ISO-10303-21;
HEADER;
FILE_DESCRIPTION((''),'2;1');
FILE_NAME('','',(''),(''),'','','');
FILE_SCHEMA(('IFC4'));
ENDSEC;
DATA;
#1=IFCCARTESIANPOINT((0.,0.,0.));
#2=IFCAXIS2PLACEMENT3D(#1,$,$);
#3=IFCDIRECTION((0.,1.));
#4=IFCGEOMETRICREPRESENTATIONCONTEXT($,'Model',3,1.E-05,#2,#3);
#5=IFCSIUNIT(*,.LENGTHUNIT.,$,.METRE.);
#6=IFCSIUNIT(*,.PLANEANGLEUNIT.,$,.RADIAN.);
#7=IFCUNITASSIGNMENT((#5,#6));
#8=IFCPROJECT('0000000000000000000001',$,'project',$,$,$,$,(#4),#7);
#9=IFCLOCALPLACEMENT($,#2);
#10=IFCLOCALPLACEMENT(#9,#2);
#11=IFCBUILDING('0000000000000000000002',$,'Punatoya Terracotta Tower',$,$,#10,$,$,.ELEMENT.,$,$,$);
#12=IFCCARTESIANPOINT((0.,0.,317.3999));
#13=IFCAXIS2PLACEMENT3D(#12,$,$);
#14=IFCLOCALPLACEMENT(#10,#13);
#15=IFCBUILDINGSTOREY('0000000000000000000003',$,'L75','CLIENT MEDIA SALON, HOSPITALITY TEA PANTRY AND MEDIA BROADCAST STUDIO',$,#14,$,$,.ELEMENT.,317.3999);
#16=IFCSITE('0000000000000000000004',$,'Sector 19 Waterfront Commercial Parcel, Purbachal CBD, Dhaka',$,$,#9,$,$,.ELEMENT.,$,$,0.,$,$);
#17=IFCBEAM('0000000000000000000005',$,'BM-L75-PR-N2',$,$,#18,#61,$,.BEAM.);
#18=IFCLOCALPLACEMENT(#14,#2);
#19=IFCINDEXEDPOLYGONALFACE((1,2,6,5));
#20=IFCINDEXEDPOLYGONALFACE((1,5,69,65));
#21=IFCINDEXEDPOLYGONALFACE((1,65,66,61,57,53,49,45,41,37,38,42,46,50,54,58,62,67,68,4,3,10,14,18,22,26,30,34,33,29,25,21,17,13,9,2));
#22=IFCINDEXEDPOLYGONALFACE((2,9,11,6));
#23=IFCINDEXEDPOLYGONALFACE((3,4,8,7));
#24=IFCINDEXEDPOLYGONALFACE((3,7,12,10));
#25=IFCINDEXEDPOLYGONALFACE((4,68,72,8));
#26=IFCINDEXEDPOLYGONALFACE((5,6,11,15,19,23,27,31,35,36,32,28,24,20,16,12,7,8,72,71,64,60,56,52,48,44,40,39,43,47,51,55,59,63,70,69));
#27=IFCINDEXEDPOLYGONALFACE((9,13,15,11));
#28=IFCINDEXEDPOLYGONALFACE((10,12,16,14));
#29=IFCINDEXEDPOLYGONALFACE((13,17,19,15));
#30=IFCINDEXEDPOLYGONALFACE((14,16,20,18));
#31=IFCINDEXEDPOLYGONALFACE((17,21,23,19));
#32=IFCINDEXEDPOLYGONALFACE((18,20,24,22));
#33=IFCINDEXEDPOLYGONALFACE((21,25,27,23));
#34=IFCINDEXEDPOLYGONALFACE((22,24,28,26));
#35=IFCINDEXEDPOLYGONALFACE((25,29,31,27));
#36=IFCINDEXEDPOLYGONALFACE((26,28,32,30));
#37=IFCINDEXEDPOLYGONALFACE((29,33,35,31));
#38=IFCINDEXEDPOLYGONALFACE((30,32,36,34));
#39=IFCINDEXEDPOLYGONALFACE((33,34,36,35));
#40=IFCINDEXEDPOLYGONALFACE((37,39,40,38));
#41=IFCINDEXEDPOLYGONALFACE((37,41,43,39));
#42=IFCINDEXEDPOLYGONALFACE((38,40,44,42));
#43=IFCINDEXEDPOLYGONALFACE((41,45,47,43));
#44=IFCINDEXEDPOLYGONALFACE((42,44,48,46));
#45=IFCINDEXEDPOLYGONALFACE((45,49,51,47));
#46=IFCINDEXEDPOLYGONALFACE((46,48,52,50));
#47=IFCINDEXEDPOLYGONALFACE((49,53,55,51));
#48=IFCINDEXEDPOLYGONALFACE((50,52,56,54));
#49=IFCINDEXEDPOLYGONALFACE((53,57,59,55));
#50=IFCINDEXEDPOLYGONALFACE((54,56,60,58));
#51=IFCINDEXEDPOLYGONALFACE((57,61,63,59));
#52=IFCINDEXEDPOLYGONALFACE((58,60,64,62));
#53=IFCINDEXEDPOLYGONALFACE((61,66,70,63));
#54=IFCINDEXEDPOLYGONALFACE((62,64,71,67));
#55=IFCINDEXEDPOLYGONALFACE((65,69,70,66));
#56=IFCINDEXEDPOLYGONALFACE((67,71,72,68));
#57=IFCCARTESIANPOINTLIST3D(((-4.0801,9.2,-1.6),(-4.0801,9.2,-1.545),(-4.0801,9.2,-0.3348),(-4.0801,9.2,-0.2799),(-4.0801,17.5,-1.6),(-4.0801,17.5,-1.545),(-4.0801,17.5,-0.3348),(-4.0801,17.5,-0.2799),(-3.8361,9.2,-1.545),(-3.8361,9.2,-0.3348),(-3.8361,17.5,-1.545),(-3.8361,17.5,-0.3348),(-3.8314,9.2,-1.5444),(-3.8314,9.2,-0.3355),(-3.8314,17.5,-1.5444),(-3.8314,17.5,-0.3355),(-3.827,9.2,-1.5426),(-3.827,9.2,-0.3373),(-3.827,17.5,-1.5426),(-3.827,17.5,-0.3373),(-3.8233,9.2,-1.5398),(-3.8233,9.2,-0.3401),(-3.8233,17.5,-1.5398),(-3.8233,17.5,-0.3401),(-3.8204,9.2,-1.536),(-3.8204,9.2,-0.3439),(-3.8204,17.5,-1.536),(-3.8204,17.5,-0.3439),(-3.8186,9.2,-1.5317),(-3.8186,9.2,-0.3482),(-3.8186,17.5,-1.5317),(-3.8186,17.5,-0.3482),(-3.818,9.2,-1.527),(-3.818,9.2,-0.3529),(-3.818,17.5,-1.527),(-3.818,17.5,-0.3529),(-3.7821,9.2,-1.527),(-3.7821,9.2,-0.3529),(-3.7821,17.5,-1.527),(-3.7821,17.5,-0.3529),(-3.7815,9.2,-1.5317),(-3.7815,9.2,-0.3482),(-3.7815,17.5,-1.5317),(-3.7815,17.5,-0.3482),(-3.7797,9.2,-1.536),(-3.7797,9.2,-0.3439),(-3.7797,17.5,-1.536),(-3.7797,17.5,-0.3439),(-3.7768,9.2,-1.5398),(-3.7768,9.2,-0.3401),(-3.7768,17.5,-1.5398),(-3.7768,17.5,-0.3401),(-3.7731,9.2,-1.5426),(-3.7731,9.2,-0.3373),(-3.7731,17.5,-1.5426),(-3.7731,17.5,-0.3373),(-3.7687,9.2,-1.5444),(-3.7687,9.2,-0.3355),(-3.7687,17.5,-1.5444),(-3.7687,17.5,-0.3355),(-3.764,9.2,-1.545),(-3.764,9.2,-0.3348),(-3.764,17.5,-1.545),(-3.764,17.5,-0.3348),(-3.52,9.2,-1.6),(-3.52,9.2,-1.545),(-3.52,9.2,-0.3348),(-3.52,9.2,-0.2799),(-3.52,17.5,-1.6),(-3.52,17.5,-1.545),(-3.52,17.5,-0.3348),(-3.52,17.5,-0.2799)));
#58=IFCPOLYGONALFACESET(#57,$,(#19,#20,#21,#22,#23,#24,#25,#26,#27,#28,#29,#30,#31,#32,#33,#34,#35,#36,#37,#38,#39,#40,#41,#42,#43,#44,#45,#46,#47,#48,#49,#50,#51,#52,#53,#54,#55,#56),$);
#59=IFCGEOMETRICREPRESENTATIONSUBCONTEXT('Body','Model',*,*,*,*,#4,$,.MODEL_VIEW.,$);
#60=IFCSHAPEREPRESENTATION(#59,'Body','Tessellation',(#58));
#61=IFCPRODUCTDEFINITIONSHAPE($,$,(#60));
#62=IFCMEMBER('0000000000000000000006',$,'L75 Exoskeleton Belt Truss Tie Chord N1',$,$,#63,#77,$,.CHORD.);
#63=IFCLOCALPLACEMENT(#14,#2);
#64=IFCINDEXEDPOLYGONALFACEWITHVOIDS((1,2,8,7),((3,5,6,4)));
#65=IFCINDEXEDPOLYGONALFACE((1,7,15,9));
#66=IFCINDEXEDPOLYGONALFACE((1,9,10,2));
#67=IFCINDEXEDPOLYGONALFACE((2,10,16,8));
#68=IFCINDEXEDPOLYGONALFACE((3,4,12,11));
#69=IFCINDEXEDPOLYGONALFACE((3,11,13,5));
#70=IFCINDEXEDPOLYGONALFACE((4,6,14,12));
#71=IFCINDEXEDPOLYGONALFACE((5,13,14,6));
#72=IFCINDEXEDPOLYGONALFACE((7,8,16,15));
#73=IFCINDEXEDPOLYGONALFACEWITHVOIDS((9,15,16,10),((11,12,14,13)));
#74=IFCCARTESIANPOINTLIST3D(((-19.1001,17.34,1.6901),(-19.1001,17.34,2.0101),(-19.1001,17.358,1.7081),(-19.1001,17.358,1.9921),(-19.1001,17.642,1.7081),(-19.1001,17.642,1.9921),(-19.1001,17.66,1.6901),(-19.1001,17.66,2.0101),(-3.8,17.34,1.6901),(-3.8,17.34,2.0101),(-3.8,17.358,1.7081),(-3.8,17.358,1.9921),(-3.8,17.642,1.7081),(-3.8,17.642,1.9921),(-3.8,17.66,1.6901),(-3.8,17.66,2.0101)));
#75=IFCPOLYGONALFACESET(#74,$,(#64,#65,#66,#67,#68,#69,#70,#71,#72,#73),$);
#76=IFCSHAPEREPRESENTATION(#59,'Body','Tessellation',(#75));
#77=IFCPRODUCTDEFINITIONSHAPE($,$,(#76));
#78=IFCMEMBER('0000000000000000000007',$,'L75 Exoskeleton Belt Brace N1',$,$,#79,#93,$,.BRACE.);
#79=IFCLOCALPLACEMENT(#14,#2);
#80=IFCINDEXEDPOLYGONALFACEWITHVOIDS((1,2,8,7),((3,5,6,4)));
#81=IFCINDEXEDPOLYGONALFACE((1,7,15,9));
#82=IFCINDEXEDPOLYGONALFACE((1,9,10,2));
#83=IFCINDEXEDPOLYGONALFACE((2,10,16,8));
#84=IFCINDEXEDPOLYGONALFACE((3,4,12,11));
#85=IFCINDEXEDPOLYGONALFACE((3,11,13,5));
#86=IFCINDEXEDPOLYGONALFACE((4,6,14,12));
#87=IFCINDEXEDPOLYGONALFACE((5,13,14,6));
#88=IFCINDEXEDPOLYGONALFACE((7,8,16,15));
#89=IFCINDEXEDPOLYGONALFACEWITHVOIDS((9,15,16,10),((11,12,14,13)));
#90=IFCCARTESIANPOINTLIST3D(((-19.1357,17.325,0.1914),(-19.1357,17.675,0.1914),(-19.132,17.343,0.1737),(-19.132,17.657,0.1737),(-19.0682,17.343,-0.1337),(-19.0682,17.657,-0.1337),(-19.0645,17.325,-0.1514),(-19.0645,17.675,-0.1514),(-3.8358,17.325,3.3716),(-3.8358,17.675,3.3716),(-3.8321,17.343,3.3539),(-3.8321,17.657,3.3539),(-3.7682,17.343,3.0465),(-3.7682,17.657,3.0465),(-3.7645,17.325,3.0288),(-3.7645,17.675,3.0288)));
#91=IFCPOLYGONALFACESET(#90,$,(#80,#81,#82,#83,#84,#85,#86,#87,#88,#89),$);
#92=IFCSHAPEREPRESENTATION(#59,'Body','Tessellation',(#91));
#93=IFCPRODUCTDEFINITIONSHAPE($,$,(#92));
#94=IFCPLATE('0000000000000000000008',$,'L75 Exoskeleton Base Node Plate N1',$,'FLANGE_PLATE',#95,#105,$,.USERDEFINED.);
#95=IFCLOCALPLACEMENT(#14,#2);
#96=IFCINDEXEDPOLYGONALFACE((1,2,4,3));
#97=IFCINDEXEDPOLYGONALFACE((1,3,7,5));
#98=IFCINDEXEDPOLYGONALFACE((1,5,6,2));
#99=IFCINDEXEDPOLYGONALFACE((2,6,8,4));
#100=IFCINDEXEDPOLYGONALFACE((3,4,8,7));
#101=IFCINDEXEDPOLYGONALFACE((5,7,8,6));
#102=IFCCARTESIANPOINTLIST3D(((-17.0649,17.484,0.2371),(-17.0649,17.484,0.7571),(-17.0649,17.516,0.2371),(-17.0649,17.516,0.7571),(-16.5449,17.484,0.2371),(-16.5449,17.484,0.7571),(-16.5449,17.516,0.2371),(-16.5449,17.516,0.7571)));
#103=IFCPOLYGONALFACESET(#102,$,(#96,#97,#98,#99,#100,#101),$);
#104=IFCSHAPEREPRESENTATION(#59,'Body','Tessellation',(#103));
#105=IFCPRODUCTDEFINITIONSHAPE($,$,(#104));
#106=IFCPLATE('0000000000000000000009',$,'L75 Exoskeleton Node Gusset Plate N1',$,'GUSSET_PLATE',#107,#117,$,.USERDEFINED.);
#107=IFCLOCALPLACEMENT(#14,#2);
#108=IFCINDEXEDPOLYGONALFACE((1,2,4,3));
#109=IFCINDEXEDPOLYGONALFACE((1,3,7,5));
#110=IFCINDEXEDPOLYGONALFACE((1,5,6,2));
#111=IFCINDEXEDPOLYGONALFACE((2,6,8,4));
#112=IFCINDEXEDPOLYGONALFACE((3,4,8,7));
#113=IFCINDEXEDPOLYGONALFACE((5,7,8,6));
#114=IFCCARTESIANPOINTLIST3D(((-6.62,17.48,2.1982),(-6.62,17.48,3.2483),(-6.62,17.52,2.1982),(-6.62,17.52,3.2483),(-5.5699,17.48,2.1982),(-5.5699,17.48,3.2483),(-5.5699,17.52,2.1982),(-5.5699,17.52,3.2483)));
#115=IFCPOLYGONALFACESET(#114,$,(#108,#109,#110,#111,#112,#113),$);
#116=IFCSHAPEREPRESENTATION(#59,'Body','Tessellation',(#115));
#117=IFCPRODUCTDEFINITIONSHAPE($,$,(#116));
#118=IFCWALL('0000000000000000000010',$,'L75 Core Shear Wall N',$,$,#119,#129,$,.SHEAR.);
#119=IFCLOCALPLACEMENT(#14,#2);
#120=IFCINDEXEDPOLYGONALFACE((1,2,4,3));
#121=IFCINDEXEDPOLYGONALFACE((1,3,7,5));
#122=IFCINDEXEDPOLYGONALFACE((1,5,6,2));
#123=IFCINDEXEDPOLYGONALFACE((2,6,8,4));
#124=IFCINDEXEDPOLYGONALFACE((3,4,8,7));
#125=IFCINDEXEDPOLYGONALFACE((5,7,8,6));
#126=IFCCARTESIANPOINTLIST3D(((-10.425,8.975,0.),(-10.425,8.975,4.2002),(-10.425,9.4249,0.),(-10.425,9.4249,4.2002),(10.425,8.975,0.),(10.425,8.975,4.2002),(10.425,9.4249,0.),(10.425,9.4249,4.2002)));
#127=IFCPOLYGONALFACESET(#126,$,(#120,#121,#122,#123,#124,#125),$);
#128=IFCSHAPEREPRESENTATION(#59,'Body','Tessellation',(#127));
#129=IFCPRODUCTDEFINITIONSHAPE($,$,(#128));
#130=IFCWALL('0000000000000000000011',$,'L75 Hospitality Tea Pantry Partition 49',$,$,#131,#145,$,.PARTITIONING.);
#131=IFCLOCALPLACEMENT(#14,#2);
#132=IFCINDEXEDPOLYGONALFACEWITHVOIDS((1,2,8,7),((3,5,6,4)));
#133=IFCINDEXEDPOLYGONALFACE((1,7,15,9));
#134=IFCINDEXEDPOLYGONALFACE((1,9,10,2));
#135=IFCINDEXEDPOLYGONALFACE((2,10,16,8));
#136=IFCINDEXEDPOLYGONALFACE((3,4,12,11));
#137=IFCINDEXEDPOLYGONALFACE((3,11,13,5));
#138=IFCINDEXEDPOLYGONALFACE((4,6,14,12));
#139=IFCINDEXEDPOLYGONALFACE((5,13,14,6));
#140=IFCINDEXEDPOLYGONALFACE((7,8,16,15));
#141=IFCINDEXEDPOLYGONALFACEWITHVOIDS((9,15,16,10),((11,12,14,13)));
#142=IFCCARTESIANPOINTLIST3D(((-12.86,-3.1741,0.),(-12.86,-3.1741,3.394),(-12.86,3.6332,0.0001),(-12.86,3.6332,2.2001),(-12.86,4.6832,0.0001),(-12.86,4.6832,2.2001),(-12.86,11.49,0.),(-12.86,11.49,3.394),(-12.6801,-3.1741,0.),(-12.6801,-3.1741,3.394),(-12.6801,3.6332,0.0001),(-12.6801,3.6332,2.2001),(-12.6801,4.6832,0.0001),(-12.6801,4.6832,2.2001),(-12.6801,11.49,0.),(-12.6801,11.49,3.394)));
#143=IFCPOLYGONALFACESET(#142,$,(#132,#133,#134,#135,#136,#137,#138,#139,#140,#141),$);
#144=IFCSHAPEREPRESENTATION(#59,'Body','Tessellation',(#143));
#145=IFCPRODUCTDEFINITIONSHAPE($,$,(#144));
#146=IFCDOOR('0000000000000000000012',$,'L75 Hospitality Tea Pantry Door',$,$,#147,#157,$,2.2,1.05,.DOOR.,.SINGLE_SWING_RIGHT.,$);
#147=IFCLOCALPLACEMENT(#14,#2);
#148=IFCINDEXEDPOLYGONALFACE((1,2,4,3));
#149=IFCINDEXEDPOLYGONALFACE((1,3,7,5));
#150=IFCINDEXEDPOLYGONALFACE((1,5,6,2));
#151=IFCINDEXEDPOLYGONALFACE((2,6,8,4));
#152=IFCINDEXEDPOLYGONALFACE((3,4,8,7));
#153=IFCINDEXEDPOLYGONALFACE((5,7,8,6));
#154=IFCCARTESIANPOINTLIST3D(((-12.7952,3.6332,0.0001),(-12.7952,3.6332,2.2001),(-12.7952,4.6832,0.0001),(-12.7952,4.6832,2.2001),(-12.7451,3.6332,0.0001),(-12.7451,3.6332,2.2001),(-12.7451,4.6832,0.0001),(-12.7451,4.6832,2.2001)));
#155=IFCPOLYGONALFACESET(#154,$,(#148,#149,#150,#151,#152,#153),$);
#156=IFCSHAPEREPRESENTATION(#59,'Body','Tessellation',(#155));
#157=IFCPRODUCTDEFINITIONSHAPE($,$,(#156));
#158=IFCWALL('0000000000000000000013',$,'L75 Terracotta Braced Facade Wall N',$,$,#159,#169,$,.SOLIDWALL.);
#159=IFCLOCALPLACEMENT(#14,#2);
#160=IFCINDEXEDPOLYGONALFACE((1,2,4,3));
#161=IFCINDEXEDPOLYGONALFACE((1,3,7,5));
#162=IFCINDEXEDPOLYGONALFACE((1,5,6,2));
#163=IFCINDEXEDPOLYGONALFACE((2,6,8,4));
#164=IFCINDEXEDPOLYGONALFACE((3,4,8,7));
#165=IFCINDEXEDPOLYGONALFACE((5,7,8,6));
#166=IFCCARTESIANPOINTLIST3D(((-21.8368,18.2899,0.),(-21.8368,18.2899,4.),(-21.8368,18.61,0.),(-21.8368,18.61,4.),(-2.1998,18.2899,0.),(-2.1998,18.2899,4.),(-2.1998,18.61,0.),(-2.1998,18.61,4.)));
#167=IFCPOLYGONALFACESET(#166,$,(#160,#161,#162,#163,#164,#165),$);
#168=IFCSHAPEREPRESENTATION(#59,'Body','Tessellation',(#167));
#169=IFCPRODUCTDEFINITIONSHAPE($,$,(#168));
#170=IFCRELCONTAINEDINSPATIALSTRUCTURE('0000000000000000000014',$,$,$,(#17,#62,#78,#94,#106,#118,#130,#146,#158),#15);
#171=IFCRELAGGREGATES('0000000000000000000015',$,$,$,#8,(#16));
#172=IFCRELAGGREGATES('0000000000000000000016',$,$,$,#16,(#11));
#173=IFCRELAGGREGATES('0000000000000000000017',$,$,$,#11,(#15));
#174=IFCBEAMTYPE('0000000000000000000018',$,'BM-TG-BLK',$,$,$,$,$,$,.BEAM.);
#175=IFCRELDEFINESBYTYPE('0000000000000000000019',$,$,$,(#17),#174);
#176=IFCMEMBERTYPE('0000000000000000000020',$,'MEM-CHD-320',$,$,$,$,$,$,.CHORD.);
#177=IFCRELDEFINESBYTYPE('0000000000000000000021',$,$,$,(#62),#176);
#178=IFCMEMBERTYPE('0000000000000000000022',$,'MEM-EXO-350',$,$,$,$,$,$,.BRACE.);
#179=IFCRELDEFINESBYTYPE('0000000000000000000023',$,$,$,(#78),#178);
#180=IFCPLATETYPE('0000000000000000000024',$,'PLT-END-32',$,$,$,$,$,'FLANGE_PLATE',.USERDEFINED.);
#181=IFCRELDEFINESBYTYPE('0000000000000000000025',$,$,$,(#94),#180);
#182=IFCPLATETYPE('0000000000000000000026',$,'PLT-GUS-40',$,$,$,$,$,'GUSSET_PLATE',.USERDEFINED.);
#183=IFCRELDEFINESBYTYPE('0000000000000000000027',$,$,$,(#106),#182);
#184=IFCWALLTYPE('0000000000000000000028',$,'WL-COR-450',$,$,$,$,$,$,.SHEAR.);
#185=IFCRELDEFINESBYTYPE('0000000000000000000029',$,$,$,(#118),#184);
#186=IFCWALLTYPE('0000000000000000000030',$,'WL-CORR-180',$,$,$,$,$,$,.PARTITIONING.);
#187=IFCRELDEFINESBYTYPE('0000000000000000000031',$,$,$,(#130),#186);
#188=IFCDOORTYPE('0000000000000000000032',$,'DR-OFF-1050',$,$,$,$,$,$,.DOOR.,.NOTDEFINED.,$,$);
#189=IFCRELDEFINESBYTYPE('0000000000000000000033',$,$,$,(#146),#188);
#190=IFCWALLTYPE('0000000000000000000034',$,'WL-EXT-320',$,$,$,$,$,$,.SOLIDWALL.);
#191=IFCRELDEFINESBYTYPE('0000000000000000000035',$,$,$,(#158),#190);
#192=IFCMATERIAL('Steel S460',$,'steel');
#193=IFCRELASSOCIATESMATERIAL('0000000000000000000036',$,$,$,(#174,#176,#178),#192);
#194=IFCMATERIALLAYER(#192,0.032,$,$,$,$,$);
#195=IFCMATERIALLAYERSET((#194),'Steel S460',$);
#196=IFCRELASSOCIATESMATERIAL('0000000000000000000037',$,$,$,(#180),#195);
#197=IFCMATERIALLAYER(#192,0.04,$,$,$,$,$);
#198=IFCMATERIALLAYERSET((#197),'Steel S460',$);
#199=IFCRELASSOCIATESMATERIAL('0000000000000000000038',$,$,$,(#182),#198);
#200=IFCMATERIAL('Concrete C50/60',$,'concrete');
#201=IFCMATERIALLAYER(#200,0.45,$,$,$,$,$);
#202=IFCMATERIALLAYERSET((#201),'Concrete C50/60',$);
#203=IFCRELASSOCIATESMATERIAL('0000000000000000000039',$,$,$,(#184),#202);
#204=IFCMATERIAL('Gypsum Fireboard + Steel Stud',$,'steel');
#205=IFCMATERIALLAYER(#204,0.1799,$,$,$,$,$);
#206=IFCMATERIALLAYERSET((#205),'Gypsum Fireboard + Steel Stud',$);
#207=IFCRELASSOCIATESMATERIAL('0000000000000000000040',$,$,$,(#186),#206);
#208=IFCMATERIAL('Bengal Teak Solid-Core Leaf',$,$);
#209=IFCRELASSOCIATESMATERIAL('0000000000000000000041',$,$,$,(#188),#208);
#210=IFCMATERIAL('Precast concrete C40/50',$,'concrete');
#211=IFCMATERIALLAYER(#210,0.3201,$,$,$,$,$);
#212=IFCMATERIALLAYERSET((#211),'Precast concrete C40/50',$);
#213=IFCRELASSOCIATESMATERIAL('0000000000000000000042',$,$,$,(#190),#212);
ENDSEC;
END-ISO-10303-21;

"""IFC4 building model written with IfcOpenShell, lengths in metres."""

from ifc_helpers import new_model, si_unit, direction, frame, frame_2d, origin, origin_2d, place, context, subcontext, project, spatial, rectangle, hollow_rectangle, i_section, extrude, material, layer, layer_set, material_profile, profile_set, type_object, element, fill, save


model = new_model("IFC4")

# Units and contexts
model_context = context("Model", 3, precision=1e-05, world=origin(), true_north=direction((0.0, 1.0)))
body_context = subcontext(model_context, "Body", "Model", "MODEL_VIEW")
ifc_project = project(units=[si_unit("LENGTHUNIT", "METRE"), si_unit("PLANEANGLEUNIT", "RADIAN")], contexts=[model_context])

# Site, building, storey
site_placement = place(None, origin())
site = spatial("IfcSite", under=ifc_project, at=site_placement, Name="Sector 19 Waterfront Commercial Parcel, Purbachal CBD, Dhaka", CompositionType="ELEMENT", RefElevation=0.0)
building_placement = place(site_placement, origin())
building = spatial("IfcBuilding", under=site, at=building_placement, Name="Punatoya Terracotta Tower", CompositionType="ELEMENT")
storey_placement = place(building_placement, frame((0.0, 0.0, 317.3999)))
storey = spatial("IfcBuildingStorey", under=building, at=storey_placement, Name="L75", Description="CLIENT MEDIA SALON, HOSPITALITY TEA PANTRY AND MEDIA BROADCAST STUDIO", CompositionType="ELEMENT", Elevation=317.3999)

# Shared definitions
ifc_material_1 = material(Name="Steel S460", Category="steel")

# Beam
ifc_material_profile_1 = material_profile(ifc_material_1, i_section(OverallWidth=0.5601, OverallDepth=1.3201, WebThickness=0.0359, FlangeThickness=0.0549, FilletRadius=0.0181, at=origin_2d()))
ifc_profile_set_1 = profile_set([ifc_material_profile_1], Name="Steel S460")
beam_type_1 = type_object("IfcBeamType", Name="BM-TG-BLK", PredefinedType="BEAM", material=ifc_profile_set_1)
for number, where, z_axis, x_axis, name in (
    (1, (-3.8, 9.2, -0.9399), (0.0, 1.0, 0.0), (-1.0, 0.0, 0.0), "BM-L75-PR-N2"),
):
    element("IfcBeam", number, at=place(storey_placement, frame(where, z_axis=z_axis, x_axis=x_axis)), inside=storey, type_object=beam_type_1, Name=name, PredefinedType="BEAM", context=body_context, shape_type="SweptSolid", body=[
        extrude(i_section(OverallWidth=0.5601, OverallDepth=1.3201, WebThickness=0.0359, FlangeThickness=0.0549, FilletRadius=0.0181, at=origin_2d()), origin(), (0.0, 0.0, 1.0), 8.3),
    ])

# Members
ifc_material_profile_2 = material_profile(ifc_material_1, hollow_rectangle(XDim=0.3201, YDim=0.3201, WallThickness=0.0181, at=origin_2d()))
ifc_profile_set_2 = profile_set([ifc_material_profile_2], Name="Steel S460")
member_type_1 = type_object("IfcMemberType", Name="MEM-CHD-320", PredefinedType="CHORD", material=ifc_profile_set_2)
member_1_placement = place(storey_placement, frame((-19.1001, 17.5, 1.8501), z_axis=(1.0, 0.0, 0.0), x_axis=(0.0, 1.0, 0.0)))
element("IfcMember", 2, at=member_1_placement, inside=storey, type_object=member_type_1, Name="L75 Exoskeleton Belt Truss Tie Chord N1", PredefinedType="CHORD", context=body_context, shape_type="SweptSolid", body=[
    extrude(hollow_rectangle(XDim=0.3201, YDim=0.3201, WallThickness=0.0181, at=origin_2d()), origin(), (0.0, 0.0, 1.0), 15.3),
])
ifc_material_profile_3 = material_profile(ifc_material_1, hollow_rectangle(XDim=0.3501, YDim=0.3501, WallThickness=0.0181, at=origin_2d()))
ifc_profile_set_3 = profile_set([ifc_material_profile_3], Name="Steel S460")
member_type_2 = type_object("IfcMemberType", Name="MEM-EXO-350", PredefinedType="BRACE", material=ifc_profile_set_3)
member_2_placement = place(storey_placement, frame((-19.1001, 17.5, 0.02), z_axis=(0.979074, 0.0, 0.203504), x_axis=(0.0, 1.0, 0.0)))
element("IfcMember", 3, at=member_2_placement, inside=storey, type_object=member_type_2, Name="L75 Exoskeleton Belt Brace N1", PredefinedType="BRACE", context=body_context, shape_type="SweptSolid", body=[
    extrude(hollow_rectangle(XDim=0.3501, YDim=0.3501, WallThickness=0.0181, at=origin_2d()), origin(), (0.0, 0.0, 1.0), 15.627),
])

# Plates
ifc_layer_1 = layer(ifc_material_1, 0.032)
ifc_layer_set_1 = layer_set([ifc_layer_1], Name="Steel S460")
plate_type_1 = type_object("IfcPlateType", Name="PLT-END-32", ElementType="FLANGE_PLATE", PredefinedType="USERDEFINED", material=ifc_layer_set_1)
plate_1_placement = place(storey_placement, frame((-16.8049, 17.5, 0.2371), z_axis=(0.0, 0.0, 1.0), x_axis=(1.0, 0.0, 0.0)))
element("IfcPlate", 4, at=plate_1_placement, inside=storey, type_object=plate_type_1, Name="L75 Exoskeleton Base Node Plate N1", ObjectType="FLANGE_PLATE", PredefinedType="USERDEFINED", context=body_context, shape_type="SweptSolid", body=[
    extrude(rectangle(XDim=0.52, YDim=0.032, at=origin_2d()), origin(), (0.0, 0.0, 1.0), 0.52),
])
ifc_layer_2 = layer(ifc_material_1, 0.04)
ifc_layer_set_2 = layer_set([ifc_layer_2], Name="Steel S460")
plate_type_2 = type_object("IfcPlateType", Name="PLT-GUS-40", ElementType="GUSSET_PLATE", PredefinedType="USERDEFINED", material=ifc_layer_set_2)
plate_2_placement = place(storey_placement, frame((-6.095, 17.5, 2.1982), z_axis=(0.0, 0.0, 1.0), x_axis=(1.0, 0.0, 0.0)))
element("IfcPlate", 5, at=plate_2_placement, inside=storey, type_object=plate_type_2, Name="L75 Exoskeleton Node Gusset Plate N1", ObjectType="GUSSET_PLATE", PredefinedType="USERDEFINED", context=body_context, shape_type="SweptSolid", body=[
    extrude(rectangle(XDim=1.05, YDim=0.04, at=origin_2d()), origin(), (0.0, 0.0, 1.0), 1.05),
])

# Wall
ifc_material_2 = material(Name="Concrete C50/60", Category="concrete")
ifc_layer_3 = layer(ifc_material_2, 0.45)
ifc_layer_set_3 = layer_set([ifc_layer_3], Name="Concrete C50/60")
wall_type_1 = type_object("IfcWallType", Name="WL-COR-450", PredefinedType="SHEAR", material=ifc_layer_set_3)
wall_1_placement = place(storey_placement, frame((-10.425, 9.2, 0.0), z_axis=(0.0, 0.0, 1.0), x_axis=(1.0, 0.0, 0.0)))
element("IfcWall", 6, at=wall_1_placement, inside=storey, type_object=wall_type_1, Name="L75 Core Shear Wall N", PredefinedType="SHEAR", context=body_context, shape_type="SweptSolid", body=[
    extrude(rectangle(XDim=20.8501, YDim=0.45, at=frame_2d((10.425, 0.0))), origin(), (0.0, 0.0, 1.0), 4.2002),
])

# Wall, opening, door
ifc_material_3 = material(Name="Gypsum Fireboard + Steel Stud", Category="steel")
ifc_layer_4 = layer(ifc_material_3, 0.1799)
ifc_layer_set_4 = layer_set([ifc_layer_4], Name="Gypsum Fireboard + Steel Stud")
wall_type_2 = type_object("IfcWallType", Name="WL-CORR-180", PredefinedType="PARTITIONING", material=ifc_layer_set_4)
wall_2_placement = place(storey_placement, frame((-12.77, 11.49, 0.0), z_axis=(0.0, 0.0, 1.0), x_axis=(0.0, -1.0, 0.0)))
wall_2 = element("IfcWall", 7, at=wall_2_placement, inside=storey, type_object=wall_type_2, Name="L75 Hospitality Tea Pantry Partition 49", PredefinedType="PARTITIONING", context=body_context, shape_type="SweptSolid", body=[
    extrude(rectangle(XDim=14.6641, YDim=0.1799, at=frame_2d((7.332, 0.0))), origin(), (0.0, 0.0, 1.0), 3.394),
])
opening_placement = place(wall_2_placement, frame((6.8069, 0.0, 0.0)))
opening = element("IfcOpeningElement", 8, at=opening_placement, cuts=wall_2, PredefinedType="OPENING", context=body_context, shape_type="SweptSolid", body=[
    extrude(rectangle(XDim=1.05, YDim=2.2, at=frame_2d((0.5249, 1.1001))), frame((0.0, 0.0999, 0.0), z_axis=(0.0, -1.0, 0.0), x_axis=(1.0, 0.0, 0.0)), (0.0, 0.0, 1.0), 0.2),
])
ifc_material_4 = material(Name="Bengal Teak Solid-Core Leaf")
door_type = type_object("IfcDoorType", Name="DR-OFF-1050", OperationType="NOTDEFINED", PredefinedType="DOOR", material=ifc_material_4)
door_placement = place(opening_placement, origin())
door = element("IfcDoor", 9, at=door_placement, inside=storey, type_object=door_type, Name="L75 Hospitality Tea Pantry Door", OperationType="SINGLE_SWING_RIGHT", OverallHeight=2.2, OverallWidth=1.05, PredefinedType="DOOR", context=body_context, shape_type="SweptSolid", body=[
    extrude(rectangle(XDim=1.05, YDim=2.2, at=frame_2d((0.5249, 1.1001))), frame((0.0, 0.0249, 0.0), z_axis=(0.0, -1.0, 0.0), x_axis=(1.0, 0.0, 0.0)), (0.0, 0.0, 1.0), 0.05),
])
fill(opening, door)

# Wall
ifc_material_5 = material(Name="Precast concrete C40/50", Category="concrete")
ifc_layer_5 = layer(ifc_material_5, 0.3201)
ifc_layer_set_5 = layer_set([ifc_layer_5], Name="Precast concrete C40/50")
wall_type_3 = type_object("IfcWallType", Name="WL-EXT-320", PredefinedType="SOLIDWALL", material=ifc_layer_set_5)
wall_3_placement = place(storey_placement, frame((-2.2, 18.45, 0.0), z_axis=(0.0, 0.0, 1.0), x_axis=(-1.0, 0.0, 0.0)))
element("IfcWall", 10, at=wall_3_placement, inside=storey, type_object=wall_type_3, Name="L75 Terracotta Braced Facade Wall N", PredefinedType="SOLIDWALL", context=body_context, shape_type="SweptSolid", body=[
    extrude(rectangle(XDim=19.637, YDim=0.3201, at=frame_2d((9.8184, 0.0))), origin(), (0.0, 0.0, 1.0), 4.0),
])

save(model, "model.ifc")
